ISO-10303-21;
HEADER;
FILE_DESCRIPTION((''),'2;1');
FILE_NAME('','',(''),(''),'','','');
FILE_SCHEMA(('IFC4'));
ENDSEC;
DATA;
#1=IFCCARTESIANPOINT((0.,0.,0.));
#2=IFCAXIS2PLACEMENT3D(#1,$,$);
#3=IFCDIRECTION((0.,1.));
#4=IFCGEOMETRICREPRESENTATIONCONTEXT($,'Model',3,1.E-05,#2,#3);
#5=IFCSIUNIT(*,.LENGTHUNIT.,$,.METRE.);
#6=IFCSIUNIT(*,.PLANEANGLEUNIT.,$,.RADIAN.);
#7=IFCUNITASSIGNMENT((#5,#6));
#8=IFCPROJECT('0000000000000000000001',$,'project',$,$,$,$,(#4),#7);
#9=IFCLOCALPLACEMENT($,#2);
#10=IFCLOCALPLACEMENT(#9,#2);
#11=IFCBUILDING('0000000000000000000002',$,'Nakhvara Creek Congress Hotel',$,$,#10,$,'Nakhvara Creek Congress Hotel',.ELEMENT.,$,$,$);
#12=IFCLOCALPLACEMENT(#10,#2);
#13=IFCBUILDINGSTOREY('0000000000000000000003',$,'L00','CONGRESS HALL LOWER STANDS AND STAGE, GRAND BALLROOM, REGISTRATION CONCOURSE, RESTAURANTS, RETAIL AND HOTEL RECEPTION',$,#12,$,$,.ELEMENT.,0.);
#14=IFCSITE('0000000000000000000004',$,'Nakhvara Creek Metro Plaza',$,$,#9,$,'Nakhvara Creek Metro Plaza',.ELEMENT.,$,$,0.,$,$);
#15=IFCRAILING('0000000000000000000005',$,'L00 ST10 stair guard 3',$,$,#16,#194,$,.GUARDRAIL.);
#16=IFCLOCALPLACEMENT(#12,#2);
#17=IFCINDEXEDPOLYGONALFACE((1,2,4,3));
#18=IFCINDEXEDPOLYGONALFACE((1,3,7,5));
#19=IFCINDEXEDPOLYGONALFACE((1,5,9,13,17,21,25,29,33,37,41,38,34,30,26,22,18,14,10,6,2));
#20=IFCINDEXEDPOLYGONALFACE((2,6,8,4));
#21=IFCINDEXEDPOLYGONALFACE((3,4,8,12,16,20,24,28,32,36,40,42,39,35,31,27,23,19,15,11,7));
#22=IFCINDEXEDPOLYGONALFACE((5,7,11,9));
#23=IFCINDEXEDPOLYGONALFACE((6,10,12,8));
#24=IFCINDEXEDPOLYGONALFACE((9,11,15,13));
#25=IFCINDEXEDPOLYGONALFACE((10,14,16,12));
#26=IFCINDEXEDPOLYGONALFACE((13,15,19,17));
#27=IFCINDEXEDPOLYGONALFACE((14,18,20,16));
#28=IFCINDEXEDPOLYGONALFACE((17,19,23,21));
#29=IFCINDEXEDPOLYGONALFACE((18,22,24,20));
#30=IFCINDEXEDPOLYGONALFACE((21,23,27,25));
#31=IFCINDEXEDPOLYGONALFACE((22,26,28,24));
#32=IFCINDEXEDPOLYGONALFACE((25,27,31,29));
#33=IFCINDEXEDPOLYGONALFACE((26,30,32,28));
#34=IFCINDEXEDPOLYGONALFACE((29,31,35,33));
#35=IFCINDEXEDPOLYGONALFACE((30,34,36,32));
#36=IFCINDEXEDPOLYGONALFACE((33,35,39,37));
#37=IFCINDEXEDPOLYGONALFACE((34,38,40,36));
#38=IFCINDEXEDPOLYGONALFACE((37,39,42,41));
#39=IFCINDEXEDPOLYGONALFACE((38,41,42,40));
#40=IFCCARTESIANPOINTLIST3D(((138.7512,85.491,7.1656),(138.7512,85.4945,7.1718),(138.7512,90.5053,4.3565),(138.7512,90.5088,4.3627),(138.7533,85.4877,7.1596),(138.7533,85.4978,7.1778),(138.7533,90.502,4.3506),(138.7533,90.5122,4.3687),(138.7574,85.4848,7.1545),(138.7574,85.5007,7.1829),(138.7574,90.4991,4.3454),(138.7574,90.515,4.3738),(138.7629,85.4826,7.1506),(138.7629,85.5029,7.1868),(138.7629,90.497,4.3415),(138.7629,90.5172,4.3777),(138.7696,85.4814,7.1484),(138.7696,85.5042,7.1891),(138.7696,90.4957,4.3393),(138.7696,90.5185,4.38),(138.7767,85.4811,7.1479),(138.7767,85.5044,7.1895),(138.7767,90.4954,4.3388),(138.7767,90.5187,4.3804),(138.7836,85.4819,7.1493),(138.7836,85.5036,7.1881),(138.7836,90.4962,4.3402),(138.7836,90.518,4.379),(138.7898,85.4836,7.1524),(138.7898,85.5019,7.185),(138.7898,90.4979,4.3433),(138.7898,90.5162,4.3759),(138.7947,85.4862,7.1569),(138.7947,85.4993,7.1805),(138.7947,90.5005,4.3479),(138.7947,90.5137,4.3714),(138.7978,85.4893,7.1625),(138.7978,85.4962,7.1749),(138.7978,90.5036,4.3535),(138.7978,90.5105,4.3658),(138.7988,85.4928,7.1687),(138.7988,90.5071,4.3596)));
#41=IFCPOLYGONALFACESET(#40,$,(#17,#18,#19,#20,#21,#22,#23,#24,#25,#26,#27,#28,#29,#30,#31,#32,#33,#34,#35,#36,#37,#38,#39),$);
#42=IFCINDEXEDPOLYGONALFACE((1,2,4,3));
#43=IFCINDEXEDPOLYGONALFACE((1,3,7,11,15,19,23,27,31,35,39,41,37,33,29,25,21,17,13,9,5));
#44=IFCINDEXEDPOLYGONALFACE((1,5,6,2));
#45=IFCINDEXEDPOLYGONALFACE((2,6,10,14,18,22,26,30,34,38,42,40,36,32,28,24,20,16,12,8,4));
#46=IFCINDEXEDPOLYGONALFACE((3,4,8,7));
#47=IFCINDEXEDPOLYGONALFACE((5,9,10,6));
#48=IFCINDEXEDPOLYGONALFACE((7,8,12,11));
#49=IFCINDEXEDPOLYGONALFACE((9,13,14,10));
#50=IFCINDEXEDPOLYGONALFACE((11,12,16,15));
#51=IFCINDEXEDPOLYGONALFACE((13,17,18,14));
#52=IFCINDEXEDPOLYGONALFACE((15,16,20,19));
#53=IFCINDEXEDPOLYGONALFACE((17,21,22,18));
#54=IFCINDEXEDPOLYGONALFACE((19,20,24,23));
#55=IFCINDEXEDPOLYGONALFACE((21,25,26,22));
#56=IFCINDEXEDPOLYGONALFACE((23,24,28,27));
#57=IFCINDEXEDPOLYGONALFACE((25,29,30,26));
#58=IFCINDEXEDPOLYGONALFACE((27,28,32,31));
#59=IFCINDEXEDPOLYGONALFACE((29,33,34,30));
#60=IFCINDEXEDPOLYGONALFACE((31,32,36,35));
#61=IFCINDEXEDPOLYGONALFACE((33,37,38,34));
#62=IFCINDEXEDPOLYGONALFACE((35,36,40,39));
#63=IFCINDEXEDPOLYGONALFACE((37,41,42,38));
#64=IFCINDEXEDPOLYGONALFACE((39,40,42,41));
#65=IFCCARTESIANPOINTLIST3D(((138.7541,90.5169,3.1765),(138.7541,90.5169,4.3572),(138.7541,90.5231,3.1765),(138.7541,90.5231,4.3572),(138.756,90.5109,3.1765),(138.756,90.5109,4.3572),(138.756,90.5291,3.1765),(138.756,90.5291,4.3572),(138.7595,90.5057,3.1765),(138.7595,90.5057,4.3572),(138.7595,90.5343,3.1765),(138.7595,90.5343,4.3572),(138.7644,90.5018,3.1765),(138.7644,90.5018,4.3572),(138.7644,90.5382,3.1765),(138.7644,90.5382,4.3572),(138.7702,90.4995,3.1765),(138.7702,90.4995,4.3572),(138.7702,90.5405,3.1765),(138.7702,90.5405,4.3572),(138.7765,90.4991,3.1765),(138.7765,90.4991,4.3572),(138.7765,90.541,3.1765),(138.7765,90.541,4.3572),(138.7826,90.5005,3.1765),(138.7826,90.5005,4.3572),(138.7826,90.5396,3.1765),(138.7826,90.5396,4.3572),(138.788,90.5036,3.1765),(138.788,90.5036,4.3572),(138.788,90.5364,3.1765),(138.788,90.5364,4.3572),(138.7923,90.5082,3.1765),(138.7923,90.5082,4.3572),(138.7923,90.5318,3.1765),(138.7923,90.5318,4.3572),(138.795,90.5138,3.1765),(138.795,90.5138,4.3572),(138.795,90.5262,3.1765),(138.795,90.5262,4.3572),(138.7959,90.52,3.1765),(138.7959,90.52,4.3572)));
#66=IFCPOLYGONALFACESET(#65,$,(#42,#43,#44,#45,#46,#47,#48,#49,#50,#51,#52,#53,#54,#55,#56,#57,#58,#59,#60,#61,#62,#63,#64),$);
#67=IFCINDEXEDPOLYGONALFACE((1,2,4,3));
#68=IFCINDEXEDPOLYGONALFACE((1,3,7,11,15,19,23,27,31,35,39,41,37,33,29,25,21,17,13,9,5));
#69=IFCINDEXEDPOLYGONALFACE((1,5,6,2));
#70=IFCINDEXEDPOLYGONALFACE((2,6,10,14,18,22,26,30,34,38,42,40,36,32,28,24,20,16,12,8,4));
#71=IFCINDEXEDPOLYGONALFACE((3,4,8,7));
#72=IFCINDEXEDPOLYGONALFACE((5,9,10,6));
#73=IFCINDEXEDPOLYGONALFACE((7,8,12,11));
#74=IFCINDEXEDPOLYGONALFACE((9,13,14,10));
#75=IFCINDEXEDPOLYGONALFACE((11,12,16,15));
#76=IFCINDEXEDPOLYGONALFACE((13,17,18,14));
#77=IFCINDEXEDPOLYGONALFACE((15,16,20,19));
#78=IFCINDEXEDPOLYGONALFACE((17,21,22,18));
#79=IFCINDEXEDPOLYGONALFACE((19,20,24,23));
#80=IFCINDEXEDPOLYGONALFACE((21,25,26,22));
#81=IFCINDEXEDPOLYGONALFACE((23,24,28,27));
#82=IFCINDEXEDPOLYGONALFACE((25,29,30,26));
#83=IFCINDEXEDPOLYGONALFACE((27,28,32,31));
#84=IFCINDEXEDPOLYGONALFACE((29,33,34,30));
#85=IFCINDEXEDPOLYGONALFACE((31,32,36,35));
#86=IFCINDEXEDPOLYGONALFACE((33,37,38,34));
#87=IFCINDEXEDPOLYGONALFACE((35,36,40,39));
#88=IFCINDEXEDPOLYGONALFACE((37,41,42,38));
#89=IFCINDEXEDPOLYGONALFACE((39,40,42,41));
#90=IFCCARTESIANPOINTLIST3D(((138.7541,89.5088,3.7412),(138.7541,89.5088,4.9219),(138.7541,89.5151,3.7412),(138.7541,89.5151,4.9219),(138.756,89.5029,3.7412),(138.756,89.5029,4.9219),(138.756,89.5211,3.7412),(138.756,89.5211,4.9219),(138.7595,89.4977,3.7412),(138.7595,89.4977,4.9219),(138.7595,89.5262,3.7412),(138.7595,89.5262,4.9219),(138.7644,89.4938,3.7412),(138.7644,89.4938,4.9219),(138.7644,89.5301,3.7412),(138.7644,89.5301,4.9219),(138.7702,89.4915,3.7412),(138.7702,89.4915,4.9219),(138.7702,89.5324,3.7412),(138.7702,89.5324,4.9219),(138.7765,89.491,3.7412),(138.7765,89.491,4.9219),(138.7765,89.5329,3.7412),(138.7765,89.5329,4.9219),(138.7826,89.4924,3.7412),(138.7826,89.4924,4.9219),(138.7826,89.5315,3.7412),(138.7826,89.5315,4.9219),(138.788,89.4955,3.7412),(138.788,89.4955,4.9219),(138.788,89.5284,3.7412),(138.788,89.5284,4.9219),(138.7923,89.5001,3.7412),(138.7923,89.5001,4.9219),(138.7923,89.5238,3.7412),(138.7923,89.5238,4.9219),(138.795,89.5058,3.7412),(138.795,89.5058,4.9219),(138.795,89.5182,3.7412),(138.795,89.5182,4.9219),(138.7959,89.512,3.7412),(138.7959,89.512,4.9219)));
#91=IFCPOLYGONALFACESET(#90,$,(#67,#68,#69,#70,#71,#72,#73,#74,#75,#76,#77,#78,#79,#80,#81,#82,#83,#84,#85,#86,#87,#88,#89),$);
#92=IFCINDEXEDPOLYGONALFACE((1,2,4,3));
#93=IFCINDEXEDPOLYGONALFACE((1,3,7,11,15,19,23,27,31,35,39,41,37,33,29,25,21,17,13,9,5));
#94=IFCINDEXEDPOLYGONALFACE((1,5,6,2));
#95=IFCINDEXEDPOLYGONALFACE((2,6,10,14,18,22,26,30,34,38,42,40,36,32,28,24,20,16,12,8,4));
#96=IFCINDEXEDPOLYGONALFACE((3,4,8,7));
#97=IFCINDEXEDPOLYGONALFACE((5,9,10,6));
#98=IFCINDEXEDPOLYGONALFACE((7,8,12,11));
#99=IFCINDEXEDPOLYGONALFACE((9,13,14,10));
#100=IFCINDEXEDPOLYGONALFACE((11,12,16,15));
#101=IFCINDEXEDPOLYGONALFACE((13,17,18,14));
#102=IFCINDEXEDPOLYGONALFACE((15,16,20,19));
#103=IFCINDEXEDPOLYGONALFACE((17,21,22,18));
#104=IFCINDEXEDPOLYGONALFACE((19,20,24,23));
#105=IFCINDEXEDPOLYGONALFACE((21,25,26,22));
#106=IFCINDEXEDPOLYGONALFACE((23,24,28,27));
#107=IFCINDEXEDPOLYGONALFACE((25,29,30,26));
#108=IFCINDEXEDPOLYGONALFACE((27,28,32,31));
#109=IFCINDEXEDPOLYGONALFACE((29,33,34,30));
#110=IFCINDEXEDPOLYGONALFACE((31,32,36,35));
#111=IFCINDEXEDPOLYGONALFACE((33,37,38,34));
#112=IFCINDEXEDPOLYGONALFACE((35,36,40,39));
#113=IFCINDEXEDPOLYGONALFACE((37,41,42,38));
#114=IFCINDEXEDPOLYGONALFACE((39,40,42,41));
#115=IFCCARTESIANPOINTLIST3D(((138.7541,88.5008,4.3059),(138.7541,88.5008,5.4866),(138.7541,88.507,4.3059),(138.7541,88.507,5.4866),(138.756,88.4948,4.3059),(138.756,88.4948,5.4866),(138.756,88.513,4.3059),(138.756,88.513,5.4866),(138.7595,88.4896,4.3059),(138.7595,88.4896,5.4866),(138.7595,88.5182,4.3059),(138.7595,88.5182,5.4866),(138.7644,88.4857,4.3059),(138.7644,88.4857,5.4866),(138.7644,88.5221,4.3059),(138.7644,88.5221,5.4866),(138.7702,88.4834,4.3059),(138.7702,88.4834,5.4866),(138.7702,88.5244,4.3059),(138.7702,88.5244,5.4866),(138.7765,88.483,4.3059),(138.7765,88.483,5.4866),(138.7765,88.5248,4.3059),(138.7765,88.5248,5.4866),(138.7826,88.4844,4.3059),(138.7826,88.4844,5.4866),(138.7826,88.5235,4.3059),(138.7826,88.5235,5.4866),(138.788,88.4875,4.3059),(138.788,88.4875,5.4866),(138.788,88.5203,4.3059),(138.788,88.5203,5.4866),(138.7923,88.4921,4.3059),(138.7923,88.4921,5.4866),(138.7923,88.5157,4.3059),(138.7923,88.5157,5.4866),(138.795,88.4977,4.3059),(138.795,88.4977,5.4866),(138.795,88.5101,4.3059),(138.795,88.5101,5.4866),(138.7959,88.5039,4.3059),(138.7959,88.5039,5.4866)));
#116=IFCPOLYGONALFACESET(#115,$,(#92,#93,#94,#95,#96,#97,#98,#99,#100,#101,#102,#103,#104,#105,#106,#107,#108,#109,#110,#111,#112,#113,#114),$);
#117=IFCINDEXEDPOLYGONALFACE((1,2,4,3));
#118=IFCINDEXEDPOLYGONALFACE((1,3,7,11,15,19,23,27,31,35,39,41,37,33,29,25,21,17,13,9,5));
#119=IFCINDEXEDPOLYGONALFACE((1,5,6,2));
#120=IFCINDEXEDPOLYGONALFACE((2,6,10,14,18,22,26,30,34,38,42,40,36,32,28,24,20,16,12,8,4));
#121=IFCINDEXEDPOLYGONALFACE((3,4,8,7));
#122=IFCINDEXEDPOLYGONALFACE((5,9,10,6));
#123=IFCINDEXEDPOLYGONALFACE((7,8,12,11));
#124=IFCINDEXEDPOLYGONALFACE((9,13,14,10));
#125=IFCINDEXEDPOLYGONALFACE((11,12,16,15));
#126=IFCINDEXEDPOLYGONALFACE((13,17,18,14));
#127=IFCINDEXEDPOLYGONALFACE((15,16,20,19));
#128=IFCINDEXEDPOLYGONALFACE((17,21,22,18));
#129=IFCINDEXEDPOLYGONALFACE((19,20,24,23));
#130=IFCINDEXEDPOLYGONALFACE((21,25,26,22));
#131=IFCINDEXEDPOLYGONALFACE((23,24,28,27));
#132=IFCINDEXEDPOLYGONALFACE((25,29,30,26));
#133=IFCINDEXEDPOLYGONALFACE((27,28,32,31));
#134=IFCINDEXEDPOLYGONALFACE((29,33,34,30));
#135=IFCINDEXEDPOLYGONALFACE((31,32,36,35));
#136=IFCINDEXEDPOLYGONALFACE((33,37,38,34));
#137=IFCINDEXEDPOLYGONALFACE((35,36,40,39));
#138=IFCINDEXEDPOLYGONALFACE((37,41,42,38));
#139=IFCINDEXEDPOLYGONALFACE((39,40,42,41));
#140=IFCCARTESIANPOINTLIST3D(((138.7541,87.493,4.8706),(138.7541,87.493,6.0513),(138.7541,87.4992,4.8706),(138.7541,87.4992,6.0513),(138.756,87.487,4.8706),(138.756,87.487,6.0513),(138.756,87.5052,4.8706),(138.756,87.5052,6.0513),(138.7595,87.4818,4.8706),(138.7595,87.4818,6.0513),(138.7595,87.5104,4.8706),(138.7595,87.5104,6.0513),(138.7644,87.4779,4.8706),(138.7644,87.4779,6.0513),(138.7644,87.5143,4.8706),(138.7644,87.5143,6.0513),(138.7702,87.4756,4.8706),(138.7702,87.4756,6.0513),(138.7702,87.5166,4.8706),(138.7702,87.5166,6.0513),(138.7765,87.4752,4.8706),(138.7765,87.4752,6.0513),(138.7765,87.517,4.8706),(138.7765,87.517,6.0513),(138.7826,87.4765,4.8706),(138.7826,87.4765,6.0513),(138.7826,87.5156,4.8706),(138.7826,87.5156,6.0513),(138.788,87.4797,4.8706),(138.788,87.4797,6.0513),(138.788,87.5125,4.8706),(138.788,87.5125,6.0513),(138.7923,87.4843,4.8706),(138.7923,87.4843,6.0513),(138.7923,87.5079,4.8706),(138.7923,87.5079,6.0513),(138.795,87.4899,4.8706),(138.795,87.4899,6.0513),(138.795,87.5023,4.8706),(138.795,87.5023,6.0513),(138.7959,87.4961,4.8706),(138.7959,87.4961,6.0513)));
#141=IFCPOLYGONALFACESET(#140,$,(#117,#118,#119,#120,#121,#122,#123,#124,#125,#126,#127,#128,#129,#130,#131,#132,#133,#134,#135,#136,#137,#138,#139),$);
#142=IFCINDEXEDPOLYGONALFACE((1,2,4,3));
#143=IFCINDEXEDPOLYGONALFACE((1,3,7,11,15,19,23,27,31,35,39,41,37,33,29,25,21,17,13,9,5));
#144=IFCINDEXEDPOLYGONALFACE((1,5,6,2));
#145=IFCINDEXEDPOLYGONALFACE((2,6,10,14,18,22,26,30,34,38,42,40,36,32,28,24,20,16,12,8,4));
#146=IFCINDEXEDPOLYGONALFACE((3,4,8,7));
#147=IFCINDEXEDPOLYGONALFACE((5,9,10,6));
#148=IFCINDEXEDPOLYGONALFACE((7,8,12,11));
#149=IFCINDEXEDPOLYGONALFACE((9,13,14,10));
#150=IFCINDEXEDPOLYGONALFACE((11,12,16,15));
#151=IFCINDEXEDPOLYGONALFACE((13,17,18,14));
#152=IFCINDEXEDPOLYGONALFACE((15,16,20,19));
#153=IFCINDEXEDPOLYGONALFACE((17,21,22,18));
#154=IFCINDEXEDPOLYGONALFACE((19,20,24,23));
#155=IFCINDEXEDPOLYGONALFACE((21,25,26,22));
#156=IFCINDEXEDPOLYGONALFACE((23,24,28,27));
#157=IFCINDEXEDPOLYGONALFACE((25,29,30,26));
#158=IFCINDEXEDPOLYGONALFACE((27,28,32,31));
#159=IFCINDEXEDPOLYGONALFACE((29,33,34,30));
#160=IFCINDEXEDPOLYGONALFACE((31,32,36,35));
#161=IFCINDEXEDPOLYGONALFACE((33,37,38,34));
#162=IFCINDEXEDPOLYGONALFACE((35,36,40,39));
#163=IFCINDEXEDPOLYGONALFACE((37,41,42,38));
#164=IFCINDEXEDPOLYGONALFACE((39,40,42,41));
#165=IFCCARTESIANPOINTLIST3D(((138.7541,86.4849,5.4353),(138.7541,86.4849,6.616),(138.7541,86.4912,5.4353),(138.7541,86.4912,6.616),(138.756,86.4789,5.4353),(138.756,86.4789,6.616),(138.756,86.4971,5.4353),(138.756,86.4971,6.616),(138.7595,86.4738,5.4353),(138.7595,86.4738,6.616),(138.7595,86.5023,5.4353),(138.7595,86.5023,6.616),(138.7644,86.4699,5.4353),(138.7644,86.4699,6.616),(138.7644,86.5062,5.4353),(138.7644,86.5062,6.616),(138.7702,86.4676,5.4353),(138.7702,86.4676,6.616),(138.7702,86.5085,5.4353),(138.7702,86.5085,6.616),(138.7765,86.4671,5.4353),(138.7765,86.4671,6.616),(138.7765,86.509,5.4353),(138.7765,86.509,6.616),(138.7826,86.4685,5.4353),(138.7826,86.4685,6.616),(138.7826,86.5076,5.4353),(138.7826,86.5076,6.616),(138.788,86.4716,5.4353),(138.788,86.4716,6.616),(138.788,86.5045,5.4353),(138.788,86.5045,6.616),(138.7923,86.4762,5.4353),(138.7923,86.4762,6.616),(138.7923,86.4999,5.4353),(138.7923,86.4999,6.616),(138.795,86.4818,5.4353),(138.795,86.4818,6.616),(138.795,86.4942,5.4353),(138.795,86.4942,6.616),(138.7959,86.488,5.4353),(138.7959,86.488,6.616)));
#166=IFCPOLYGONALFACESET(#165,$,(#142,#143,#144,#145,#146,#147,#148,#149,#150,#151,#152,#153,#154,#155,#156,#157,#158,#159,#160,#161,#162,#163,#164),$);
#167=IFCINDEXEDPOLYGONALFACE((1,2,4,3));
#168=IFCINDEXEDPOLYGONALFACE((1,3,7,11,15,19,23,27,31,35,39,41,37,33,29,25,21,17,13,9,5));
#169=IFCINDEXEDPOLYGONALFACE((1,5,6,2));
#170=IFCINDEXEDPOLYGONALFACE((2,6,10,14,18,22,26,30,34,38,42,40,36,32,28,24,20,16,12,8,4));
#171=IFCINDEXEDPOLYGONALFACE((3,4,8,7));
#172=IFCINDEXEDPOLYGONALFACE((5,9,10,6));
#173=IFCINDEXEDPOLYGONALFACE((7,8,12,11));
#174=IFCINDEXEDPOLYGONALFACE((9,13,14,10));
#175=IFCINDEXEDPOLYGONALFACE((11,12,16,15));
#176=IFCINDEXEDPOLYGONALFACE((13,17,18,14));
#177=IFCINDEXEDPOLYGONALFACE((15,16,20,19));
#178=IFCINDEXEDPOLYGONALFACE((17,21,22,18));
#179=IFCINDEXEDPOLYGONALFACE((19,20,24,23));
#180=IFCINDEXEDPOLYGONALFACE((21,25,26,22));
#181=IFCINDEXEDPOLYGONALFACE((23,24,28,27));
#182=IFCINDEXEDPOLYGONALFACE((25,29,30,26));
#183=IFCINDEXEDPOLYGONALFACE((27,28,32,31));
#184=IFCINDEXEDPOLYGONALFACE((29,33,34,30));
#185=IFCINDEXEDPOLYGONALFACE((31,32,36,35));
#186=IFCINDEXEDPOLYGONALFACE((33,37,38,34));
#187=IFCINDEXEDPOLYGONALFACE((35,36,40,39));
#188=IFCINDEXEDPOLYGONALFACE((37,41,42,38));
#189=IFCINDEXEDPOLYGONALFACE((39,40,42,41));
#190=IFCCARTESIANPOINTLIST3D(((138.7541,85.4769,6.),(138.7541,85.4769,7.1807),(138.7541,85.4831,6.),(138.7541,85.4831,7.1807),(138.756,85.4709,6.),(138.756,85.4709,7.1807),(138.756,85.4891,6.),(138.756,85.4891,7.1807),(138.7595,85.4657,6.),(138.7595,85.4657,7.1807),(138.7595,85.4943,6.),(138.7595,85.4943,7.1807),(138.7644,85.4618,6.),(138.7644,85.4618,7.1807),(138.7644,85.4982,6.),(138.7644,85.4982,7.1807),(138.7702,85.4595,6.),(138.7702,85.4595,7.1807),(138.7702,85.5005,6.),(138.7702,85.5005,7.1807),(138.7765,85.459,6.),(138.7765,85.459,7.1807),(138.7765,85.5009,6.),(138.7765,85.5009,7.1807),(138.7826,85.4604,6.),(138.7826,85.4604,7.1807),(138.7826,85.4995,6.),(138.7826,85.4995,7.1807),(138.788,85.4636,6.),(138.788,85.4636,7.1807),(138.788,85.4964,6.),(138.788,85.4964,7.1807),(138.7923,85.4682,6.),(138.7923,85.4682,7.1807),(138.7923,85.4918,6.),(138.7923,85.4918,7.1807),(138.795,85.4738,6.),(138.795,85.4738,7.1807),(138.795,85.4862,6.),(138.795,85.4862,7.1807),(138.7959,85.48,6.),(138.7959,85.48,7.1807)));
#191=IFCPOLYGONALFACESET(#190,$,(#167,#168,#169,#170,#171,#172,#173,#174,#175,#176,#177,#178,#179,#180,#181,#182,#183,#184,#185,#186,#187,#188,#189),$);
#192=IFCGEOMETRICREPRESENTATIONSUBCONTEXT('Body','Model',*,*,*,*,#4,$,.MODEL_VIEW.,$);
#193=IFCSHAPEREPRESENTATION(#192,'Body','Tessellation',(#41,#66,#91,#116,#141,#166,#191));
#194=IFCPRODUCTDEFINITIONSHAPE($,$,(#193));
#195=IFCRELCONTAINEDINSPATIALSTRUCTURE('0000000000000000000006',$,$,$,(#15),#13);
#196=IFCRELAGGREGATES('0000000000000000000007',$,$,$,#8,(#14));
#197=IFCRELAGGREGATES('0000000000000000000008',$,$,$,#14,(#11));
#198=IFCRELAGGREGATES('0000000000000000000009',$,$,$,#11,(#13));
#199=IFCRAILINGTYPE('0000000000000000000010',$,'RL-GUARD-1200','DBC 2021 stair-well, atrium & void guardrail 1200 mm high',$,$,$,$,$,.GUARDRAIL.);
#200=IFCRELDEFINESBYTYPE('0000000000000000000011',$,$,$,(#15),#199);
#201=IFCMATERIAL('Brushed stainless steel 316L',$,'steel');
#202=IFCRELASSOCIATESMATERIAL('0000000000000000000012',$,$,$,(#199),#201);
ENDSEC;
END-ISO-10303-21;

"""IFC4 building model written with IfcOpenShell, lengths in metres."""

from ifc_helpers import new_model, si_unit, direction, frame, origin, origin_2d, place, context, subcontext, project, spatial, circle, extrude, material, type_object, element, save


model = new_model("IFC4")

# Units and contexts
model_context = context("Model", 3, precision=1e-05, world=origin(), true_north=direction((0.0, 1.0)))
body_context = subcontext(model_context, "Body", "Model", "MODEL_VIEW")
ifc_project = project(units=[si_unit("LENGTHUNIT", "METRE"), si_unit("PLANEANGLEUNIT", "RADIAN")], contexts=[model_context])

# Site, building, storey
site_placement = place(None, origin())
site = spatial("IfcSite", under=ifc_project, at=site_placement, Name="Nakhvara Creek Metro Plaza", LongName="Nakhvara Creek Metro Plaza", CompositionType="ELEMENT", RefElevation=0.0)
building_placement = place(site_placement, origin())
building = spatial("IfcBuilding", under=site, at=building_placement, Name="Nakhvara Creek Congress Hotel", LongName="Nakhvara Creek Congress Hotel", CompositionType="ELEMENT")
storey_placement = place(building_placement, origin())
storey = spatial("IfcBuildingStorey", under=building, at=storey_placement, Name="L00", Description="CONGRESS HALL LOWER STANDS AND STAGE, GRAND BALLROOM, REGISTRATION CONCOURSE, RESTAURANTS, RETAIL AND HOTEL RECEPTION", CompositionType="ELEMENT", Elevation=0.0)

# Railing
ifc_material_1 = material(Name="Brushed stainless steel 316L", Category="steel")
railing_type_1 = type_object("IfcRailingType", Name="RL-GUARD-1200", Description="DBC 2021 stair-well, atrium & void guardrail 1200 mm high", PredefinedType="GUARDRAIL", material=ifc_material_1)
railing_1_placement = place(storey_placement, frame((138.7749, 90.52, 3.1765)))
element("IfcRailing", 1, at=railing_1_placement, inside=storey, type_object=railing_type_1, Name="L00 ST10 stair guard 3", PredefinedType="GUARDRAIL", context=body_context, shape_type="SweptSolid", body=[
    extrude(circle(Radius=0.0239, at=origin_2d()), frame((0.0, -0.0129, 1.1831), z_axis=(0.0, -0.872427, 0.488744), x_axis=(1.0, 0.0, 0.0)), (0.0, 0.0, 1.0), 5.7476),
    extrude(circle(Radius=0.021, at=origin_2d()), origin(), (0.0, 0.0, 1.0), 1.1807),
    extrude(circle(Radius=0.021, at=origin_2d()), frame((0.0, -1.0081, 0.5647)), (0.0, 0.0, 1.0), 1.1807),
    extrude(circle(Radius=0.021, at=origin_2d()), frame((0.0, -2.0161, 1.1294)), (0.0, 0.0, 1.0), 1.1807),
    extrude(circle(Radius=0.021, at=origin_2d()), frame((0.0, -3.0239, 1.6941)), (0.0, 0.0, 1.0), 1.1807),
    extrude(circle(Radius=0.021, at=origin_2d()), frame((0.0, -4.032, 2.2588)), (0.0, 0.0, 1.0), 1.1807),
    extrude(circle(Radius=0.021, at=origin_2d()), frame((0.0, -5.04, 2.8235)), (0.0, 0.0, 1.0), 1.1807),
])

save(model, "model.ifc")
